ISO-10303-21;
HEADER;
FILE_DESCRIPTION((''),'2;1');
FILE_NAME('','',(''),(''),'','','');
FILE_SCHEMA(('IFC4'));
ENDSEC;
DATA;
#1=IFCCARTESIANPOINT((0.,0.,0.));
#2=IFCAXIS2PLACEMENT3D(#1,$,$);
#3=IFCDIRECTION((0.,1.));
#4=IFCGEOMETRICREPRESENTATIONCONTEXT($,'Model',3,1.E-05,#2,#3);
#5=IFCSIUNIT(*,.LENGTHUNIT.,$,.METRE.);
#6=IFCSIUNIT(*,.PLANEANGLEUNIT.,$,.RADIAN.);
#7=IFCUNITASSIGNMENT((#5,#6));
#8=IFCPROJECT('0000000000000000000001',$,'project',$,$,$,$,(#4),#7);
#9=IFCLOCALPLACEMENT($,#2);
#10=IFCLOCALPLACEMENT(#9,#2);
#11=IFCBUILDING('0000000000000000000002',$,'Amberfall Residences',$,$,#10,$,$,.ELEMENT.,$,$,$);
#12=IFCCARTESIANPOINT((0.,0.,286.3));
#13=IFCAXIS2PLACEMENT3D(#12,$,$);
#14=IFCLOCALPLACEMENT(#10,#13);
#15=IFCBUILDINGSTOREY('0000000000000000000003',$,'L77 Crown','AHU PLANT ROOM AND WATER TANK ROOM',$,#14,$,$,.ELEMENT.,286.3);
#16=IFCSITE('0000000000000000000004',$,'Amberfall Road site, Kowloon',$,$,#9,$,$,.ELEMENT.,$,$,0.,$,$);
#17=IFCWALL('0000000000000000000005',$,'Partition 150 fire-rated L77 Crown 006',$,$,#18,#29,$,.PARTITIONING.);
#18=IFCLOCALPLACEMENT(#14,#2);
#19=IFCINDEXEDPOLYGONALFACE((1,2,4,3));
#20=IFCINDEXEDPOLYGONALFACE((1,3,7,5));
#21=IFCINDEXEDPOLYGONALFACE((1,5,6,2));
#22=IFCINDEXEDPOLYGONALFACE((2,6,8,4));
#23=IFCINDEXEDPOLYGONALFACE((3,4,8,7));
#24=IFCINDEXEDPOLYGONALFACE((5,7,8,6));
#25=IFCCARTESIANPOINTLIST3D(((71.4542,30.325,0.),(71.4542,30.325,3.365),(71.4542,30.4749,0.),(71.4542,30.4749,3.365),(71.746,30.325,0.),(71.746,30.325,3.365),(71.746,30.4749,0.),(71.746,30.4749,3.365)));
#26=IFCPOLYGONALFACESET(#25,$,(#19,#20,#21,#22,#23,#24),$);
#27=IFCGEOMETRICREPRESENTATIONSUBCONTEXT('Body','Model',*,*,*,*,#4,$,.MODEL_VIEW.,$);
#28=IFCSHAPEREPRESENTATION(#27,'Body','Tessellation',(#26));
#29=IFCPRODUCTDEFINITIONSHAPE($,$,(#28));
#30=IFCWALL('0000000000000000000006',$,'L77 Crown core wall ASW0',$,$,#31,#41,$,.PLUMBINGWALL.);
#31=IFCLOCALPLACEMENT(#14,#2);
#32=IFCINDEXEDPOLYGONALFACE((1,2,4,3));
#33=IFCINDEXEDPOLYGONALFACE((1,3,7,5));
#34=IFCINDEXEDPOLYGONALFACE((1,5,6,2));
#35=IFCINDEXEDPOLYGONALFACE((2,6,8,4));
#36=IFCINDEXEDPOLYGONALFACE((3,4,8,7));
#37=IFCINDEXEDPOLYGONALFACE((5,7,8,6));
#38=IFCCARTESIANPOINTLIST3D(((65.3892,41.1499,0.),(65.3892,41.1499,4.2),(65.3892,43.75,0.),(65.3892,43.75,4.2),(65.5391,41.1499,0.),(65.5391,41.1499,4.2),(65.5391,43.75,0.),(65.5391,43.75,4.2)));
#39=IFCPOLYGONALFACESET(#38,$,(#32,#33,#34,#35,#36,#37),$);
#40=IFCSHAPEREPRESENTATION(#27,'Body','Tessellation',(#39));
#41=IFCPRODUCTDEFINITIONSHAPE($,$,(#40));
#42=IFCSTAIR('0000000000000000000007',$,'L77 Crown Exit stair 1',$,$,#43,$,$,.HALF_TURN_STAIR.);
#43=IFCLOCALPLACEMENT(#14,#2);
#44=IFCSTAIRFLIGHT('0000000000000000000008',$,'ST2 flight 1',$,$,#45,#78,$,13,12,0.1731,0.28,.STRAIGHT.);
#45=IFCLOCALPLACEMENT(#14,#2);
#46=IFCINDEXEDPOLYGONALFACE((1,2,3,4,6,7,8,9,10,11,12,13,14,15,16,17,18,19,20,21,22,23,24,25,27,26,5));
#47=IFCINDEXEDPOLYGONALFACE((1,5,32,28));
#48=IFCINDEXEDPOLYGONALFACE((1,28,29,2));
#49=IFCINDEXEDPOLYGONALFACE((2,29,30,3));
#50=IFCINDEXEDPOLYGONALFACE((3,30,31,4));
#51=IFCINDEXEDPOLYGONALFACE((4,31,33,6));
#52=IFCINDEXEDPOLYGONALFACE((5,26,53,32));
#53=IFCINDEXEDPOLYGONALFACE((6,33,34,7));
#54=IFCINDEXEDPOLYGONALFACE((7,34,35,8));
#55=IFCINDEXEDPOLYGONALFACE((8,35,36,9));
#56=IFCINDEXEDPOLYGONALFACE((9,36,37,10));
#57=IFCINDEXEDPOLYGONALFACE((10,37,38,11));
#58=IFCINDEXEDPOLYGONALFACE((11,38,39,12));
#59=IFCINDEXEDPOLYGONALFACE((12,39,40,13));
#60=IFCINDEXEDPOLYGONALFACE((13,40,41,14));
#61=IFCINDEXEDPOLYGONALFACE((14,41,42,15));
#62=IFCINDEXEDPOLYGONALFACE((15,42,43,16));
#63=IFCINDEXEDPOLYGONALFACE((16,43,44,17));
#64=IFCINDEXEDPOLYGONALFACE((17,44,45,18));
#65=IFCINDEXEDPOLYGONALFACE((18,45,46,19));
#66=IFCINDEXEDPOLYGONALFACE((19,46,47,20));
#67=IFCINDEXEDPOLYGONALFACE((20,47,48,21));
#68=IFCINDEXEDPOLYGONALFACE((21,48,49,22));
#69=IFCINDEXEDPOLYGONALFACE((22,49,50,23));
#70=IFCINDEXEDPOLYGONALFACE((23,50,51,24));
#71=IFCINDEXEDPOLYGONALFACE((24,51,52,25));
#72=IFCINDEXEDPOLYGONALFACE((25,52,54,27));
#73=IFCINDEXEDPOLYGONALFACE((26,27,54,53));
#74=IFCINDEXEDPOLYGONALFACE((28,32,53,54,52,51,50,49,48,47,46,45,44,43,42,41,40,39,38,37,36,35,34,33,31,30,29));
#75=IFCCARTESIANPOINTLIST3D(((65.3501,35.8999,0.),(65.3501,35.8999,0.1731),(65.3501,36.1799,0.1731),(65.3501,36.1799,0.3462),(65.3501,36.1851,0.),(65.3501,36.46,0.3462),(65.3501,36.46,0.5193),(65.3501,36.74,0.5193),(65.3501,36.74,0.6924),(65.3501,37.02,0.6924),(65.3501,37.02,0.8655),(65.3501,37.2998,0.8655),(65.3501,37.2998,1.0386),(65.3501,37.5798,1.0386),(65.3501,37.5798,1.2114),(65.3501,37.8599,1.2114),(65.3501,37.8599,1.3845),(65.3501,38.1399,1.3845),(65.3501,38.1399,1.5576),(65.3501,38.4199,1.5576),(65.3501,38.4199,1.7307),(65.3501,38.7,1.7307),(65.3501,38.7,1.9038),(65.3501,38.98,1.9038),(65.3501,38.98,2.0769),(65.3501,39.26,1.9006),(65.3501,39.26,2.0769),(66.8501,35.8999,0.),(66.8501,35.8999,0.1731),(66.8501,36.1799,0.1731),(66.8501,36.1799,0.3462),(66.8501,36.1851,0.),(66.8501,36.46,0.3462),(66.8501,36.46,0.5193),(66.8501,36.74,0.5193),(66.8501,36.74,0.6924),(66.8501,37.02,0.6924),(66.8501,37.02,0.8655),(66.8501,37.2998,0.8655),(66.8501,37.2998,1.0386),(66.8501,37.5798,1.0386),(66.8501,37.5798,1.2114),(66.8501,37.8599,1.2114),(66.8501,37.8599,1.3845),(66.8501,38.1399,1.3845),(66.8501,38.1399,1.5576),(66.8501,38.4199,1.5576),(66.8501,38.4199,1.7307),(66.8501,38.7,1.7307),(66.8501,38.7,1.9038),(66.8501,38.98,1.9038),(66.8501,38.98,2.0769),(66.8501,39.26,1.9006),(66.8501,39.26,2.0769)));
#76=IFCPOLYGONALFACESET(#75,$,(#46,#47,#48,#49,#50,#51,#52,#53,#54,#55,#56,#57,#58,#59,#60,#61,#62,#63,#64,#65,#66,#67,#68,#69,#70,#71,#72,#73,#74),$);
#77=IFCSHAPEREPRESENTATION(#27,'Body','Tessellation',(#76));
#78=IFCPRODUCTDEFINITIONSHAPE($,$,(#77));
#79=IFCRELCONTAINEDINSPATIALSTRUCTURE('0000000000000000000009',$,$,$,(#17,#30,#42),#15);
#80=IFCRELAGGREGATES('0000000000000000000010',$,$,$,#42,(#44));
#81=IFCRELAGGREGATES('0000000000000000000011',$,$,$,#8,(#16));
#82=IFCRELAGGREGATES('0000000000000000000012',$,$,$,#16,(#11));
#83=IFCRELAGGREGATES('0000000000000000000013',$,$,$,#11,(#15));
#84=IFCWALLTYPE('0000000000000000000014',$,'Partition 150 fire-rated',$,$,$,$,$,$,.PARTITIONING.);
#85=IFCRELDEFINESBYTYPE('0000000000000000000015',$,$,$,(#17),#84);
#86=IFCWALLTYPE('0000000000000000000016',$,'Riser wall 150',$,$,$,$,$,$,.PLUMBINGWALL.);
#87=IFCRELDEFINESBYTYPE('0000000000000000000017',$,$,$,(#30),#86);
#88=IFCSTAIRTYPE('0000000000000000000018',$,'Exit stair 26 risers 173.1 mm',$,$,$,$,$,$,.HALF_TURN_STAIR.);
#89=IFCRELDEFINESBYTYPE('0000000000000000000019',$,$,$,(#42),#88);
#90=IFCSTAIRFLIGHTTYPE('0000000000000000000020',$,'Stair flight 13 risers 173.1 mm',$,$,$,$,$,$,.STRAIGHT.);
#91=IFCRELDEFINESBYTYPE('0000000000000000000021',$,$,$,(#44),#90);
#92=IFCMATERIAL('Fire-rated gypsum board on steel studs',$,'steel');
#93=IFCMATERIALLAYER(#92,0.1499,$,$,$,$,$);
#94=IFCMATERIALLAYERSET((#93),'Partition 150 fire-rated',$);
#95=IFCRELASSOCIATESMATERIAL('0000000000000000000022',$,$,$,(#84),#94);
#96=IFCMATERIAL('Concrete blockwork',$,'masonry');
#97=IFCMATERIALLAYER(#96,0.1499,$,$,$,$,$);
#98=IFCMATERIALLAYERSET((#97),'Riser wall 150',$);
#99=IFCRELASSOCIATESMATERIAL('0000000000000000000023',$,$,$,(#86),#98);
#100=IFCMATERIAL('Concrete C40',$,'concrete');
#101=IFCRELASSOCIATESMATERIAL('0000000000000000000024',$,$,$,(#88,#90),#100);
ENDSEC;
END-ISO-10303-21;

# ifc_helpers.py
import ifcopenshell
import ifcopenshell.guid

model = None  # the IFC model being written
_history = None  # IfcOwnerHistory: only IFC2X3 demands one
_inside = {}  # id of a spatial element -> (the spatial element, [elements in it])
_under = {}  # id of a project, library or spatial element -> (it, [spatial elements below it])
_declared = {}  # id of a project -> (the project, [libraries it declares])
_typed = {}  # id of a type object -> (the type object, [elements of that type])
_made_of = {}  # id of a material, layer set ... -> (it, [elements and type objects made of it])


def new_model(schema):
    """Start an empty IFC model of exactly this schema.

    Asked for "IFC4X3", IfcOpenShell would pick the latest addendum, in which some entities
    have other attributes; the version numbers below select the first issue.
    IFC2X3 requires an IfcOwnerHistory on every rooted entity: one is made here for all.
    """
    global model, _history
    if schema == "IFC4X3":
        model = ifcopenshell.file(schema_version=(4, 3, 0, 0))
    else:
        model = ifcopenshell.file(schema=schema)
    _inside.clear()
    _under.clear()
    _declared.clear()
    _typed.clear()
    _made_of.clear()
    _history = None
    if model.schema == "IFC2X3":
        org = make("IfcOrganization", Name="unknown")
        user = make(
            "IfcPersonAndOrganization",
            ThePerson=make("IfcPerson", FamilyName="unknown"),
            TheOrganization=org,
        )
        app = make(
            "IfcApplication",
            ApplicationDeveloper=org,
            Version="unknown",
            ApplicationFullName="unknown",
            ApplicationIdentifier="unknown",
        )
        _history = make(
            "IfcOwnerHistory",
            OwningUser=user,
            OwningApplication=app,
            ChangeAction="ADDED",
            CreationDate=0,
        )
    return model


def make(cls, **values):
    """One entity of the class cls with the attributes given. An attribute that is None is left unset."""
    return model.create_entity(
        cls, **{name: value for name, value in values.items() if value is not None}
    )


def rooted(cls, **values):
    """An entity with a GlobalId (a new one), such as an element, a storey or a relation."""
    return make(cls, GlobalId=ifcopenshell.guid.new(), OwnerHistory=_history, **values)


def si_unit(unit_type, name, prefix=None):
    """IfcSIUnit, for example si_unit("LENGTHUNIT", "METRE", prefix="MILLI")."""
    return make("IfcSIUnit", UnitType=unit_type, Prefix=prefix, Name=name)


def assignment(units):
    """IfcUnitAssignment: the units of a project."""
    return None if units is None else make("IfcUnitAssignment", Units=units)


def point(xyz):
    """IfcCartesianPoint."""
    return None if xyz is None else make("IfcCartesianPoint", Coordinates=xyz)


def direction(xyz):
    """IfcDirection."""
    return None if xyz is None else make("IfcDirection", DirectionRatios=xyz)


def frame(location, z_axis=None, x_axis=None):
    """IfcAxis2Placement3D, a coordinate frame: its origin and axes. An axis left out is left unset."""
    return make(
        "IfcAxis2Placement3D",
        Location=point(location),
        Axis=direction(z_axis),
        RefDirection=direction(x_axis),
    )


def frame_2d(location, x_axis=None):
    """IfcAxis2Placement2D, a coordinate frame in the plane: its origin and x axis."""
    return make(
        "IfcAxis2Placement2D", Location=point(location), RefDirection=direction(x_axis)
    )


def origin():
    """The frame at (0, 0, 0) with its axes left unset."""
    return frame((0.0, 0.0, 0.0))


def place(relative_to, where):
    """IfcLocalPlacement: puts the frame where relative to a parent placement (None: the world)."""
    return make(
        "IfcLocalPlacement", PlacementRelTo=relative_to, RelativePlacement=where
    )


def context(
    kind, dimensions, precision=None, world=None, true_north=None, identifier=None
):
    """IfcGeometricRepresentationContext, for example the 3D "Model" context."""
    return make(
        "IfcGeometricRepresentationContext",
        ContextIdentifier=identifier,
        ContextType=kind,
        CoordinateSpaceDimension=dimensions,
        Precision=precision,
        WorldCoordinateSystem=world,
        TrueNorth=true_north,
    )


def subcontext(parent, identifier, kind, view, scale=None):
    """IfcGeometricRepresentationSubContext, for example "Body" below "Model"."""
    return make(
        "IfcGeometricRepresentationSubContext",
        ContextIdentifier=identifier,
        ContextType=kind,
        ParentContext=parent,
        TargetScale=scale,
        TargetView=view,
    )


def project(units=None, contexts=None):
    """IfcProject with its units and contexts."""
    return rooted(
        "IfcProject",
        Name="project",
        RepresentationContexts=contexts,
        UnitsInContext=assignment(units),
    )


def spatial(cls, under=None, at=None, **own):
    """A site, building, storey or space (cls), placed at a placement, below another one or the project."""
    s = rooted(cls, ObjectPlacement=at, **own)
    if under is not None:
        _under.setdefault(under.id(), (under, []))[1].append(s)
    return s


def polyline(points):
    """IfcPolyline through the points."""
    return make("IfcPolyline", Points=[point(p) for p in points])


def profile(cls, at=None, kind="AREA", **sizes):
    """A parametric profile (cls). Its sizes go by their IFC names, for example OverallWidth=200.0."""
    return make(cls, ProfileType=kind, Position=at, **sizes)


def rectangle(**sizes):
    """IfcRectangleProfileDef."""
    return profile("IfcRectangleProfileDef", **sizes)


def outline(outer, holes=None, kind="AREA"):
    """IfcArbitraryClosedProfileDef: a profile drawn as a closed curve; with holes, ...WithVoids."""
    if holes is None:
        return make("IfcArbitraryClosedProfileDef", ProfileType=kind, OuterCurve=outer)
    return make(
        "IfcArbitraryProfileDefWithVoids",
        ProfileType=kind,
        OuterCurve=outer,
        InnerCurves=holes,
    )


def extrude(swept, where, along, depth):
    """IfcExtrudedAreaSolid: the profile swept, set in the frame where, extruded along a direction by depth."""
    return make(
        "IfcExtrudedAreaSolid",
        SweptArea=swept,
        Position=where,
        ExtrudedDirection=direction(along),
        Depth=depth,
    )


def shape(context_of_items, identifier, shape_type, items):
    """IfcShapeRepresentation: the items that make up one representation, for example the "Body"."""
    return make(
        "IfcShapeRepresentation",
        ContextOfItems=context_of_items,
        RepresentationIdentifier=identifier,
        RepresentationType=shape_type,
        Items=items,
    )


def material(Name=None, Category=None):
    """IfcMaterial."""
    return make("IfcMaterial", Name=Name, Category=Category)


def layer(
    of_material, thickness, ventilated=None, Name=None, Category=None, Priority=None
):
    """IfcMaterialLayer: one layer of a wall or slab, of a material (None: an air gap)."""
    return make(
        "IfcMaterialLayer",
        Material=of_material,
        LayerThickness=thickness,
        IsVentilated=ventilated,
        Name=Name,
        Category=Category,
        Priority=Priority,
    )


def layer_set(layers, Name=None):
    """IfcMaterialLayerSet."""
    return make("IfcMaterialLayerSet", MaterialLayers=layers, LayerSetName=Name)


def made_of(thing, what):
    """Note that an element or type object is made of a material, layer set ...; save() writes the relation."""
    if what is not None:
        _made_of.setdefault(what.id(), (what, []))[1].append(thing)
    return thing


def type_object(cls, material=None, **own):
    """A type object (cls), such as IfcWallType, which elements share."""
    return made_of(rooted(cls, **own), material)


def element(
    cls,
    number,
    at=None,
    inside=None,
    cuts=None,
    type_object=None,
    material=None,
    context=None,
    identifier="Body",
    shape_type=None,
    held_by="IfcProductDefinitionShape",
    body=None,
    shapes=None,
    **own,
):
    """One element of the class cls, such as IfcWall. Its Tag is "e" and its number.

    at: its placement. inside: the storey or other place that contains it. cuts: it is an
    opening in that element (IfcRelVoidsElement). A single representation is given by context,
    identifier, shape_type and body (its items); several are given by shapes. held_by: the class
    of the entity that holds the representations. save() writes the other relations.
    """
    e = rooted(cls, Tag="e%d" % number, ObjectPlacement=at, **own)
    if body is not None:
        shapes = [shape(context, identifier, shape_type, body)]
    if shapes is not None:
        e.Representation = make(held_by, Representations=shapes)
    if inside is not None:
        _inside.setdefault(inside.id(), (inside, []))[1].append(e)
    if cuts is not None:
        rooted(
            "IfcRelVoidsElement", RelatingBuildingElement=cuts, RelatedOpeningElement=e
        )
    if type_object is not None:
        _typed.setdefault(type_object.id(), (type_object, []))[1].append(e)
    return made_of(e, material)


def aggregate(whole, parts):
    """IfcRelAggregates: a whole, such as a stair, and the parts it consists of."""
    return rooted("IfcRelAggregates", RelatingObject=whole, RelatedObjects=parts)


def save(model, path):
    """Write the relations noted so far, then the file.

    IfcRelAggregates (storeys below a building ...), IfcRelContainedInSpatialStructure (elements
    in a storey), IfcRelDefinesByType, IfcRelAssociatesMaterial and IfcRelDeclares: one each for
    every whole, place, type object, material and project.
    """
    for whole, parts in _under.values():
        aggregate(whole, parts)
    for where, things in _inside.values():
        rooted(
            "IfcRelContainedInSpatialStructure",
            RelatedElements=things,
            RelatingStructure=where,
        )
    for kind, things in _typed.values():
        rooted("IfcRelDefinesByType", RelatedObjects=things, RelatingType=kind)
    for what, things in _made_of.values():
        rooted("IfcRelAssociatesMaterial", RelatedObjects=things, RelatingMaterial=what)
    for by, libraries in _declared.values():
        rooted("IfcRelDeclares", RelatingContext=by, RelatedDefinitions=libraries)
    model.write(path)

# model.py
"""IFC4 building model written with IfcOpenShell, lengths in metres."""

from ifc_helpers import new_model, si_unit, direction, frame, frame_2d, origin, place, context, subcontext, project, spatial, polyline, rectangle, outline, extrude, material, layer, layer_set, type_object, element, aggregate, save


model = new_model("IFC4")

# Units and contexts
model_context = context("Model", 3, precision=1e-05, world=origin(), true_north=direction((0.0, 1.0)))
body_context = subcontext(model_context, "Body", "Model", "MODEL_VIEW")
ifc_project = project(units=[si_unit("LENGTHUNIT", "METRE"), si_unit("PLANEANGLEUNIT", "RADIAN")], contexts=[model_context])

# Site, building, storey
site_placement = place(None, origin())
site = spatial("IfcSite", under=ifc_project, at=site_placement, Name="Amberfall Road site, Kowloon", CompositionType="ELEMENT", RefElevation=0.0)
building_placement = place(site_placement, origin())
building = spatial("IfcBuilding", under=site, at=building_placement, Name="Amberfall Residences", CompositionType="ELEMENT")
storey_placement = place(building_placement, frame((0.0, 0.0, 286.3)))
storey = spatial("IfcBuildingStorey", under=building, at=storey_placement, Name="L77 Crown", Description="AHU PLANT ROOM AND WATER TANK ROOM", CompositionType="ELEMENT", Elevation=286.3)

# Shared definitions
ifc_material_1 = material(Name="Fire-rated gypsum board on steel studs", Category="steel")
ifc_layer_1 = layer(ifc_material_1, 0.1499)
ifc_layer_set_1 = layer_set([ifc_layer_1], Name="Partition 150 fire-rated")
wall_type_1 = type_object("IfcWallType", Name="Partition 150 fire-rated", PredefinedType="PARTITIONING", material=ifc_layer_set_1)

# Walls
wall_1_placement = place(storey_placement, frame((71.4541, 30.3999, 0.0), z_axis=(0.0, 0.0, 1.0), x_axis=(1.0, 0.0, 0.0)))
element("IfcWall", 1, at=wall_1_placement, inside=storey, type_object=wall_type_1, Name="Partition 150 fire-rated L77 Crown 006", PredefinedType="PARTITIONING", context=body_context, shape_type="SweptSolid", body=[
    extrude(rectangle(XDim=0.2917, YDim=0.1499, at=frame_2d((0.146, 0.0))), origin(), (0.0, 0.0, 1.0), 3.365),
])
ifc_material_2 = material(Name="Concrete blockwork", Category="masonry")
ifc_layer_2 = layer(ifc_material_2, 0.1499)
ifc_layer_set_2 = layer_set([ifc_layer_2], Name="Riser wall 150")
wall_type_2 = type_object("IfcWallType", Name="Riser wall 150", PredefinedType="PLUMBINGWALL", material=ifc_layer_set_2)
wall_2_placement = place(storey_placement, frame((65.4641, 41.1499, 0.0), z_axis=(0.0, 0.0, 1.0), x_axis=(0.0, 1.0, 0.0)))
element("IfcWall", 2, at=wall_2_placement, inside=storey, type_object=wall_type_2, Name="L77 Crown core wall ASW0", PredefinedType="PLUMBINGWALL", context=body_context, shape_type="SweptSolid", body=[
    extrude(rectangle(XDim=2.6001, YDim=0.1499, at=frame_2d((1.3, 0.0))), origin(), (0.0, 0.0, 1.0), 4.2),
])

# Stair, stair flight
ifc_material_3 = material(Name="Concrete C40", Category="concrete")
stair_type = type_object("IfcStairType", Name="Exit stair 26 risers 173.1 mm", PredefinedType="HALF_TURN_STAIR", material=ifc_material_3)
stair_placement = place(storey_placement, origin())
stair = element("IfcStair", 3, at=stair_placement, inside=storey, type_object=stair_type, Name="L77 Crown Exit stair 1", PredefinedType="HALF_TURN_STAIR")
stair_flight_type = type_object("IfcStairFlightType", Name="Stair flight 13 risers 173.1 mm", PredefinedType="STRAIGHT", material=ifc_material_3)
stair_flight_placement = place(storey_placement, frame((66.1001, 35.8999, 0.0), z_axis=(0.0, 0.0, 1.0), x_axis=(0.0, 1.0, 0.0)))
stair_flight = element("IfcStairFlight", 4, at=stair_flight_placement, type_object=stair_flight_type, Name="ST2 flight 1", NumberOfRisers=13, NumberOfTreads=12, PredefinedType="STRAIGHT", RiserHeight=0.1731, TreadLength=0.28, context=body_context, shape_type="SweptSolid", body=[
    extrude(outline(polyline([(0.0, 0.0), (0.0, 0.1731), (0.28, 0.1731), (0.28, 0.3462), (0.5601, 0.3462), (0.5601, 0.5193), (0.8401, 0.5193), (0.8401, 0.6924), (1.1201, 0.6924), (1.1201, 0.8655), (1.3999, 0.8655), (1.3999, 1.0386), (1.6799, 1.0386), (1.6799, 1.2114), (1.96, 1.2114), (1.96, 1.3845), (2.24, 1.3845), (2.24, 1.5576), (2.52, 1.5576), (2.52, 1.7307), (2.8, 1.7307), (2.8, 1.9038), (3.0801, 1.9038), (3.0801, 2.0769), (3.3601, 2.0769), (3.3601, 2.25), (3.3601, 1.9006), (0.2852, 0.0), (0.0, 0.0)])), frame((0.0, 0.75, 0.0), z_axis=(0.0, -1.0, 0.0), x_axis=(1.0, 0.0, 0.0)), (0.0, 0.0, 1.0), 1.5),
])
aggregate(stair, [stair_flight])

save(model, "model.ifc")
